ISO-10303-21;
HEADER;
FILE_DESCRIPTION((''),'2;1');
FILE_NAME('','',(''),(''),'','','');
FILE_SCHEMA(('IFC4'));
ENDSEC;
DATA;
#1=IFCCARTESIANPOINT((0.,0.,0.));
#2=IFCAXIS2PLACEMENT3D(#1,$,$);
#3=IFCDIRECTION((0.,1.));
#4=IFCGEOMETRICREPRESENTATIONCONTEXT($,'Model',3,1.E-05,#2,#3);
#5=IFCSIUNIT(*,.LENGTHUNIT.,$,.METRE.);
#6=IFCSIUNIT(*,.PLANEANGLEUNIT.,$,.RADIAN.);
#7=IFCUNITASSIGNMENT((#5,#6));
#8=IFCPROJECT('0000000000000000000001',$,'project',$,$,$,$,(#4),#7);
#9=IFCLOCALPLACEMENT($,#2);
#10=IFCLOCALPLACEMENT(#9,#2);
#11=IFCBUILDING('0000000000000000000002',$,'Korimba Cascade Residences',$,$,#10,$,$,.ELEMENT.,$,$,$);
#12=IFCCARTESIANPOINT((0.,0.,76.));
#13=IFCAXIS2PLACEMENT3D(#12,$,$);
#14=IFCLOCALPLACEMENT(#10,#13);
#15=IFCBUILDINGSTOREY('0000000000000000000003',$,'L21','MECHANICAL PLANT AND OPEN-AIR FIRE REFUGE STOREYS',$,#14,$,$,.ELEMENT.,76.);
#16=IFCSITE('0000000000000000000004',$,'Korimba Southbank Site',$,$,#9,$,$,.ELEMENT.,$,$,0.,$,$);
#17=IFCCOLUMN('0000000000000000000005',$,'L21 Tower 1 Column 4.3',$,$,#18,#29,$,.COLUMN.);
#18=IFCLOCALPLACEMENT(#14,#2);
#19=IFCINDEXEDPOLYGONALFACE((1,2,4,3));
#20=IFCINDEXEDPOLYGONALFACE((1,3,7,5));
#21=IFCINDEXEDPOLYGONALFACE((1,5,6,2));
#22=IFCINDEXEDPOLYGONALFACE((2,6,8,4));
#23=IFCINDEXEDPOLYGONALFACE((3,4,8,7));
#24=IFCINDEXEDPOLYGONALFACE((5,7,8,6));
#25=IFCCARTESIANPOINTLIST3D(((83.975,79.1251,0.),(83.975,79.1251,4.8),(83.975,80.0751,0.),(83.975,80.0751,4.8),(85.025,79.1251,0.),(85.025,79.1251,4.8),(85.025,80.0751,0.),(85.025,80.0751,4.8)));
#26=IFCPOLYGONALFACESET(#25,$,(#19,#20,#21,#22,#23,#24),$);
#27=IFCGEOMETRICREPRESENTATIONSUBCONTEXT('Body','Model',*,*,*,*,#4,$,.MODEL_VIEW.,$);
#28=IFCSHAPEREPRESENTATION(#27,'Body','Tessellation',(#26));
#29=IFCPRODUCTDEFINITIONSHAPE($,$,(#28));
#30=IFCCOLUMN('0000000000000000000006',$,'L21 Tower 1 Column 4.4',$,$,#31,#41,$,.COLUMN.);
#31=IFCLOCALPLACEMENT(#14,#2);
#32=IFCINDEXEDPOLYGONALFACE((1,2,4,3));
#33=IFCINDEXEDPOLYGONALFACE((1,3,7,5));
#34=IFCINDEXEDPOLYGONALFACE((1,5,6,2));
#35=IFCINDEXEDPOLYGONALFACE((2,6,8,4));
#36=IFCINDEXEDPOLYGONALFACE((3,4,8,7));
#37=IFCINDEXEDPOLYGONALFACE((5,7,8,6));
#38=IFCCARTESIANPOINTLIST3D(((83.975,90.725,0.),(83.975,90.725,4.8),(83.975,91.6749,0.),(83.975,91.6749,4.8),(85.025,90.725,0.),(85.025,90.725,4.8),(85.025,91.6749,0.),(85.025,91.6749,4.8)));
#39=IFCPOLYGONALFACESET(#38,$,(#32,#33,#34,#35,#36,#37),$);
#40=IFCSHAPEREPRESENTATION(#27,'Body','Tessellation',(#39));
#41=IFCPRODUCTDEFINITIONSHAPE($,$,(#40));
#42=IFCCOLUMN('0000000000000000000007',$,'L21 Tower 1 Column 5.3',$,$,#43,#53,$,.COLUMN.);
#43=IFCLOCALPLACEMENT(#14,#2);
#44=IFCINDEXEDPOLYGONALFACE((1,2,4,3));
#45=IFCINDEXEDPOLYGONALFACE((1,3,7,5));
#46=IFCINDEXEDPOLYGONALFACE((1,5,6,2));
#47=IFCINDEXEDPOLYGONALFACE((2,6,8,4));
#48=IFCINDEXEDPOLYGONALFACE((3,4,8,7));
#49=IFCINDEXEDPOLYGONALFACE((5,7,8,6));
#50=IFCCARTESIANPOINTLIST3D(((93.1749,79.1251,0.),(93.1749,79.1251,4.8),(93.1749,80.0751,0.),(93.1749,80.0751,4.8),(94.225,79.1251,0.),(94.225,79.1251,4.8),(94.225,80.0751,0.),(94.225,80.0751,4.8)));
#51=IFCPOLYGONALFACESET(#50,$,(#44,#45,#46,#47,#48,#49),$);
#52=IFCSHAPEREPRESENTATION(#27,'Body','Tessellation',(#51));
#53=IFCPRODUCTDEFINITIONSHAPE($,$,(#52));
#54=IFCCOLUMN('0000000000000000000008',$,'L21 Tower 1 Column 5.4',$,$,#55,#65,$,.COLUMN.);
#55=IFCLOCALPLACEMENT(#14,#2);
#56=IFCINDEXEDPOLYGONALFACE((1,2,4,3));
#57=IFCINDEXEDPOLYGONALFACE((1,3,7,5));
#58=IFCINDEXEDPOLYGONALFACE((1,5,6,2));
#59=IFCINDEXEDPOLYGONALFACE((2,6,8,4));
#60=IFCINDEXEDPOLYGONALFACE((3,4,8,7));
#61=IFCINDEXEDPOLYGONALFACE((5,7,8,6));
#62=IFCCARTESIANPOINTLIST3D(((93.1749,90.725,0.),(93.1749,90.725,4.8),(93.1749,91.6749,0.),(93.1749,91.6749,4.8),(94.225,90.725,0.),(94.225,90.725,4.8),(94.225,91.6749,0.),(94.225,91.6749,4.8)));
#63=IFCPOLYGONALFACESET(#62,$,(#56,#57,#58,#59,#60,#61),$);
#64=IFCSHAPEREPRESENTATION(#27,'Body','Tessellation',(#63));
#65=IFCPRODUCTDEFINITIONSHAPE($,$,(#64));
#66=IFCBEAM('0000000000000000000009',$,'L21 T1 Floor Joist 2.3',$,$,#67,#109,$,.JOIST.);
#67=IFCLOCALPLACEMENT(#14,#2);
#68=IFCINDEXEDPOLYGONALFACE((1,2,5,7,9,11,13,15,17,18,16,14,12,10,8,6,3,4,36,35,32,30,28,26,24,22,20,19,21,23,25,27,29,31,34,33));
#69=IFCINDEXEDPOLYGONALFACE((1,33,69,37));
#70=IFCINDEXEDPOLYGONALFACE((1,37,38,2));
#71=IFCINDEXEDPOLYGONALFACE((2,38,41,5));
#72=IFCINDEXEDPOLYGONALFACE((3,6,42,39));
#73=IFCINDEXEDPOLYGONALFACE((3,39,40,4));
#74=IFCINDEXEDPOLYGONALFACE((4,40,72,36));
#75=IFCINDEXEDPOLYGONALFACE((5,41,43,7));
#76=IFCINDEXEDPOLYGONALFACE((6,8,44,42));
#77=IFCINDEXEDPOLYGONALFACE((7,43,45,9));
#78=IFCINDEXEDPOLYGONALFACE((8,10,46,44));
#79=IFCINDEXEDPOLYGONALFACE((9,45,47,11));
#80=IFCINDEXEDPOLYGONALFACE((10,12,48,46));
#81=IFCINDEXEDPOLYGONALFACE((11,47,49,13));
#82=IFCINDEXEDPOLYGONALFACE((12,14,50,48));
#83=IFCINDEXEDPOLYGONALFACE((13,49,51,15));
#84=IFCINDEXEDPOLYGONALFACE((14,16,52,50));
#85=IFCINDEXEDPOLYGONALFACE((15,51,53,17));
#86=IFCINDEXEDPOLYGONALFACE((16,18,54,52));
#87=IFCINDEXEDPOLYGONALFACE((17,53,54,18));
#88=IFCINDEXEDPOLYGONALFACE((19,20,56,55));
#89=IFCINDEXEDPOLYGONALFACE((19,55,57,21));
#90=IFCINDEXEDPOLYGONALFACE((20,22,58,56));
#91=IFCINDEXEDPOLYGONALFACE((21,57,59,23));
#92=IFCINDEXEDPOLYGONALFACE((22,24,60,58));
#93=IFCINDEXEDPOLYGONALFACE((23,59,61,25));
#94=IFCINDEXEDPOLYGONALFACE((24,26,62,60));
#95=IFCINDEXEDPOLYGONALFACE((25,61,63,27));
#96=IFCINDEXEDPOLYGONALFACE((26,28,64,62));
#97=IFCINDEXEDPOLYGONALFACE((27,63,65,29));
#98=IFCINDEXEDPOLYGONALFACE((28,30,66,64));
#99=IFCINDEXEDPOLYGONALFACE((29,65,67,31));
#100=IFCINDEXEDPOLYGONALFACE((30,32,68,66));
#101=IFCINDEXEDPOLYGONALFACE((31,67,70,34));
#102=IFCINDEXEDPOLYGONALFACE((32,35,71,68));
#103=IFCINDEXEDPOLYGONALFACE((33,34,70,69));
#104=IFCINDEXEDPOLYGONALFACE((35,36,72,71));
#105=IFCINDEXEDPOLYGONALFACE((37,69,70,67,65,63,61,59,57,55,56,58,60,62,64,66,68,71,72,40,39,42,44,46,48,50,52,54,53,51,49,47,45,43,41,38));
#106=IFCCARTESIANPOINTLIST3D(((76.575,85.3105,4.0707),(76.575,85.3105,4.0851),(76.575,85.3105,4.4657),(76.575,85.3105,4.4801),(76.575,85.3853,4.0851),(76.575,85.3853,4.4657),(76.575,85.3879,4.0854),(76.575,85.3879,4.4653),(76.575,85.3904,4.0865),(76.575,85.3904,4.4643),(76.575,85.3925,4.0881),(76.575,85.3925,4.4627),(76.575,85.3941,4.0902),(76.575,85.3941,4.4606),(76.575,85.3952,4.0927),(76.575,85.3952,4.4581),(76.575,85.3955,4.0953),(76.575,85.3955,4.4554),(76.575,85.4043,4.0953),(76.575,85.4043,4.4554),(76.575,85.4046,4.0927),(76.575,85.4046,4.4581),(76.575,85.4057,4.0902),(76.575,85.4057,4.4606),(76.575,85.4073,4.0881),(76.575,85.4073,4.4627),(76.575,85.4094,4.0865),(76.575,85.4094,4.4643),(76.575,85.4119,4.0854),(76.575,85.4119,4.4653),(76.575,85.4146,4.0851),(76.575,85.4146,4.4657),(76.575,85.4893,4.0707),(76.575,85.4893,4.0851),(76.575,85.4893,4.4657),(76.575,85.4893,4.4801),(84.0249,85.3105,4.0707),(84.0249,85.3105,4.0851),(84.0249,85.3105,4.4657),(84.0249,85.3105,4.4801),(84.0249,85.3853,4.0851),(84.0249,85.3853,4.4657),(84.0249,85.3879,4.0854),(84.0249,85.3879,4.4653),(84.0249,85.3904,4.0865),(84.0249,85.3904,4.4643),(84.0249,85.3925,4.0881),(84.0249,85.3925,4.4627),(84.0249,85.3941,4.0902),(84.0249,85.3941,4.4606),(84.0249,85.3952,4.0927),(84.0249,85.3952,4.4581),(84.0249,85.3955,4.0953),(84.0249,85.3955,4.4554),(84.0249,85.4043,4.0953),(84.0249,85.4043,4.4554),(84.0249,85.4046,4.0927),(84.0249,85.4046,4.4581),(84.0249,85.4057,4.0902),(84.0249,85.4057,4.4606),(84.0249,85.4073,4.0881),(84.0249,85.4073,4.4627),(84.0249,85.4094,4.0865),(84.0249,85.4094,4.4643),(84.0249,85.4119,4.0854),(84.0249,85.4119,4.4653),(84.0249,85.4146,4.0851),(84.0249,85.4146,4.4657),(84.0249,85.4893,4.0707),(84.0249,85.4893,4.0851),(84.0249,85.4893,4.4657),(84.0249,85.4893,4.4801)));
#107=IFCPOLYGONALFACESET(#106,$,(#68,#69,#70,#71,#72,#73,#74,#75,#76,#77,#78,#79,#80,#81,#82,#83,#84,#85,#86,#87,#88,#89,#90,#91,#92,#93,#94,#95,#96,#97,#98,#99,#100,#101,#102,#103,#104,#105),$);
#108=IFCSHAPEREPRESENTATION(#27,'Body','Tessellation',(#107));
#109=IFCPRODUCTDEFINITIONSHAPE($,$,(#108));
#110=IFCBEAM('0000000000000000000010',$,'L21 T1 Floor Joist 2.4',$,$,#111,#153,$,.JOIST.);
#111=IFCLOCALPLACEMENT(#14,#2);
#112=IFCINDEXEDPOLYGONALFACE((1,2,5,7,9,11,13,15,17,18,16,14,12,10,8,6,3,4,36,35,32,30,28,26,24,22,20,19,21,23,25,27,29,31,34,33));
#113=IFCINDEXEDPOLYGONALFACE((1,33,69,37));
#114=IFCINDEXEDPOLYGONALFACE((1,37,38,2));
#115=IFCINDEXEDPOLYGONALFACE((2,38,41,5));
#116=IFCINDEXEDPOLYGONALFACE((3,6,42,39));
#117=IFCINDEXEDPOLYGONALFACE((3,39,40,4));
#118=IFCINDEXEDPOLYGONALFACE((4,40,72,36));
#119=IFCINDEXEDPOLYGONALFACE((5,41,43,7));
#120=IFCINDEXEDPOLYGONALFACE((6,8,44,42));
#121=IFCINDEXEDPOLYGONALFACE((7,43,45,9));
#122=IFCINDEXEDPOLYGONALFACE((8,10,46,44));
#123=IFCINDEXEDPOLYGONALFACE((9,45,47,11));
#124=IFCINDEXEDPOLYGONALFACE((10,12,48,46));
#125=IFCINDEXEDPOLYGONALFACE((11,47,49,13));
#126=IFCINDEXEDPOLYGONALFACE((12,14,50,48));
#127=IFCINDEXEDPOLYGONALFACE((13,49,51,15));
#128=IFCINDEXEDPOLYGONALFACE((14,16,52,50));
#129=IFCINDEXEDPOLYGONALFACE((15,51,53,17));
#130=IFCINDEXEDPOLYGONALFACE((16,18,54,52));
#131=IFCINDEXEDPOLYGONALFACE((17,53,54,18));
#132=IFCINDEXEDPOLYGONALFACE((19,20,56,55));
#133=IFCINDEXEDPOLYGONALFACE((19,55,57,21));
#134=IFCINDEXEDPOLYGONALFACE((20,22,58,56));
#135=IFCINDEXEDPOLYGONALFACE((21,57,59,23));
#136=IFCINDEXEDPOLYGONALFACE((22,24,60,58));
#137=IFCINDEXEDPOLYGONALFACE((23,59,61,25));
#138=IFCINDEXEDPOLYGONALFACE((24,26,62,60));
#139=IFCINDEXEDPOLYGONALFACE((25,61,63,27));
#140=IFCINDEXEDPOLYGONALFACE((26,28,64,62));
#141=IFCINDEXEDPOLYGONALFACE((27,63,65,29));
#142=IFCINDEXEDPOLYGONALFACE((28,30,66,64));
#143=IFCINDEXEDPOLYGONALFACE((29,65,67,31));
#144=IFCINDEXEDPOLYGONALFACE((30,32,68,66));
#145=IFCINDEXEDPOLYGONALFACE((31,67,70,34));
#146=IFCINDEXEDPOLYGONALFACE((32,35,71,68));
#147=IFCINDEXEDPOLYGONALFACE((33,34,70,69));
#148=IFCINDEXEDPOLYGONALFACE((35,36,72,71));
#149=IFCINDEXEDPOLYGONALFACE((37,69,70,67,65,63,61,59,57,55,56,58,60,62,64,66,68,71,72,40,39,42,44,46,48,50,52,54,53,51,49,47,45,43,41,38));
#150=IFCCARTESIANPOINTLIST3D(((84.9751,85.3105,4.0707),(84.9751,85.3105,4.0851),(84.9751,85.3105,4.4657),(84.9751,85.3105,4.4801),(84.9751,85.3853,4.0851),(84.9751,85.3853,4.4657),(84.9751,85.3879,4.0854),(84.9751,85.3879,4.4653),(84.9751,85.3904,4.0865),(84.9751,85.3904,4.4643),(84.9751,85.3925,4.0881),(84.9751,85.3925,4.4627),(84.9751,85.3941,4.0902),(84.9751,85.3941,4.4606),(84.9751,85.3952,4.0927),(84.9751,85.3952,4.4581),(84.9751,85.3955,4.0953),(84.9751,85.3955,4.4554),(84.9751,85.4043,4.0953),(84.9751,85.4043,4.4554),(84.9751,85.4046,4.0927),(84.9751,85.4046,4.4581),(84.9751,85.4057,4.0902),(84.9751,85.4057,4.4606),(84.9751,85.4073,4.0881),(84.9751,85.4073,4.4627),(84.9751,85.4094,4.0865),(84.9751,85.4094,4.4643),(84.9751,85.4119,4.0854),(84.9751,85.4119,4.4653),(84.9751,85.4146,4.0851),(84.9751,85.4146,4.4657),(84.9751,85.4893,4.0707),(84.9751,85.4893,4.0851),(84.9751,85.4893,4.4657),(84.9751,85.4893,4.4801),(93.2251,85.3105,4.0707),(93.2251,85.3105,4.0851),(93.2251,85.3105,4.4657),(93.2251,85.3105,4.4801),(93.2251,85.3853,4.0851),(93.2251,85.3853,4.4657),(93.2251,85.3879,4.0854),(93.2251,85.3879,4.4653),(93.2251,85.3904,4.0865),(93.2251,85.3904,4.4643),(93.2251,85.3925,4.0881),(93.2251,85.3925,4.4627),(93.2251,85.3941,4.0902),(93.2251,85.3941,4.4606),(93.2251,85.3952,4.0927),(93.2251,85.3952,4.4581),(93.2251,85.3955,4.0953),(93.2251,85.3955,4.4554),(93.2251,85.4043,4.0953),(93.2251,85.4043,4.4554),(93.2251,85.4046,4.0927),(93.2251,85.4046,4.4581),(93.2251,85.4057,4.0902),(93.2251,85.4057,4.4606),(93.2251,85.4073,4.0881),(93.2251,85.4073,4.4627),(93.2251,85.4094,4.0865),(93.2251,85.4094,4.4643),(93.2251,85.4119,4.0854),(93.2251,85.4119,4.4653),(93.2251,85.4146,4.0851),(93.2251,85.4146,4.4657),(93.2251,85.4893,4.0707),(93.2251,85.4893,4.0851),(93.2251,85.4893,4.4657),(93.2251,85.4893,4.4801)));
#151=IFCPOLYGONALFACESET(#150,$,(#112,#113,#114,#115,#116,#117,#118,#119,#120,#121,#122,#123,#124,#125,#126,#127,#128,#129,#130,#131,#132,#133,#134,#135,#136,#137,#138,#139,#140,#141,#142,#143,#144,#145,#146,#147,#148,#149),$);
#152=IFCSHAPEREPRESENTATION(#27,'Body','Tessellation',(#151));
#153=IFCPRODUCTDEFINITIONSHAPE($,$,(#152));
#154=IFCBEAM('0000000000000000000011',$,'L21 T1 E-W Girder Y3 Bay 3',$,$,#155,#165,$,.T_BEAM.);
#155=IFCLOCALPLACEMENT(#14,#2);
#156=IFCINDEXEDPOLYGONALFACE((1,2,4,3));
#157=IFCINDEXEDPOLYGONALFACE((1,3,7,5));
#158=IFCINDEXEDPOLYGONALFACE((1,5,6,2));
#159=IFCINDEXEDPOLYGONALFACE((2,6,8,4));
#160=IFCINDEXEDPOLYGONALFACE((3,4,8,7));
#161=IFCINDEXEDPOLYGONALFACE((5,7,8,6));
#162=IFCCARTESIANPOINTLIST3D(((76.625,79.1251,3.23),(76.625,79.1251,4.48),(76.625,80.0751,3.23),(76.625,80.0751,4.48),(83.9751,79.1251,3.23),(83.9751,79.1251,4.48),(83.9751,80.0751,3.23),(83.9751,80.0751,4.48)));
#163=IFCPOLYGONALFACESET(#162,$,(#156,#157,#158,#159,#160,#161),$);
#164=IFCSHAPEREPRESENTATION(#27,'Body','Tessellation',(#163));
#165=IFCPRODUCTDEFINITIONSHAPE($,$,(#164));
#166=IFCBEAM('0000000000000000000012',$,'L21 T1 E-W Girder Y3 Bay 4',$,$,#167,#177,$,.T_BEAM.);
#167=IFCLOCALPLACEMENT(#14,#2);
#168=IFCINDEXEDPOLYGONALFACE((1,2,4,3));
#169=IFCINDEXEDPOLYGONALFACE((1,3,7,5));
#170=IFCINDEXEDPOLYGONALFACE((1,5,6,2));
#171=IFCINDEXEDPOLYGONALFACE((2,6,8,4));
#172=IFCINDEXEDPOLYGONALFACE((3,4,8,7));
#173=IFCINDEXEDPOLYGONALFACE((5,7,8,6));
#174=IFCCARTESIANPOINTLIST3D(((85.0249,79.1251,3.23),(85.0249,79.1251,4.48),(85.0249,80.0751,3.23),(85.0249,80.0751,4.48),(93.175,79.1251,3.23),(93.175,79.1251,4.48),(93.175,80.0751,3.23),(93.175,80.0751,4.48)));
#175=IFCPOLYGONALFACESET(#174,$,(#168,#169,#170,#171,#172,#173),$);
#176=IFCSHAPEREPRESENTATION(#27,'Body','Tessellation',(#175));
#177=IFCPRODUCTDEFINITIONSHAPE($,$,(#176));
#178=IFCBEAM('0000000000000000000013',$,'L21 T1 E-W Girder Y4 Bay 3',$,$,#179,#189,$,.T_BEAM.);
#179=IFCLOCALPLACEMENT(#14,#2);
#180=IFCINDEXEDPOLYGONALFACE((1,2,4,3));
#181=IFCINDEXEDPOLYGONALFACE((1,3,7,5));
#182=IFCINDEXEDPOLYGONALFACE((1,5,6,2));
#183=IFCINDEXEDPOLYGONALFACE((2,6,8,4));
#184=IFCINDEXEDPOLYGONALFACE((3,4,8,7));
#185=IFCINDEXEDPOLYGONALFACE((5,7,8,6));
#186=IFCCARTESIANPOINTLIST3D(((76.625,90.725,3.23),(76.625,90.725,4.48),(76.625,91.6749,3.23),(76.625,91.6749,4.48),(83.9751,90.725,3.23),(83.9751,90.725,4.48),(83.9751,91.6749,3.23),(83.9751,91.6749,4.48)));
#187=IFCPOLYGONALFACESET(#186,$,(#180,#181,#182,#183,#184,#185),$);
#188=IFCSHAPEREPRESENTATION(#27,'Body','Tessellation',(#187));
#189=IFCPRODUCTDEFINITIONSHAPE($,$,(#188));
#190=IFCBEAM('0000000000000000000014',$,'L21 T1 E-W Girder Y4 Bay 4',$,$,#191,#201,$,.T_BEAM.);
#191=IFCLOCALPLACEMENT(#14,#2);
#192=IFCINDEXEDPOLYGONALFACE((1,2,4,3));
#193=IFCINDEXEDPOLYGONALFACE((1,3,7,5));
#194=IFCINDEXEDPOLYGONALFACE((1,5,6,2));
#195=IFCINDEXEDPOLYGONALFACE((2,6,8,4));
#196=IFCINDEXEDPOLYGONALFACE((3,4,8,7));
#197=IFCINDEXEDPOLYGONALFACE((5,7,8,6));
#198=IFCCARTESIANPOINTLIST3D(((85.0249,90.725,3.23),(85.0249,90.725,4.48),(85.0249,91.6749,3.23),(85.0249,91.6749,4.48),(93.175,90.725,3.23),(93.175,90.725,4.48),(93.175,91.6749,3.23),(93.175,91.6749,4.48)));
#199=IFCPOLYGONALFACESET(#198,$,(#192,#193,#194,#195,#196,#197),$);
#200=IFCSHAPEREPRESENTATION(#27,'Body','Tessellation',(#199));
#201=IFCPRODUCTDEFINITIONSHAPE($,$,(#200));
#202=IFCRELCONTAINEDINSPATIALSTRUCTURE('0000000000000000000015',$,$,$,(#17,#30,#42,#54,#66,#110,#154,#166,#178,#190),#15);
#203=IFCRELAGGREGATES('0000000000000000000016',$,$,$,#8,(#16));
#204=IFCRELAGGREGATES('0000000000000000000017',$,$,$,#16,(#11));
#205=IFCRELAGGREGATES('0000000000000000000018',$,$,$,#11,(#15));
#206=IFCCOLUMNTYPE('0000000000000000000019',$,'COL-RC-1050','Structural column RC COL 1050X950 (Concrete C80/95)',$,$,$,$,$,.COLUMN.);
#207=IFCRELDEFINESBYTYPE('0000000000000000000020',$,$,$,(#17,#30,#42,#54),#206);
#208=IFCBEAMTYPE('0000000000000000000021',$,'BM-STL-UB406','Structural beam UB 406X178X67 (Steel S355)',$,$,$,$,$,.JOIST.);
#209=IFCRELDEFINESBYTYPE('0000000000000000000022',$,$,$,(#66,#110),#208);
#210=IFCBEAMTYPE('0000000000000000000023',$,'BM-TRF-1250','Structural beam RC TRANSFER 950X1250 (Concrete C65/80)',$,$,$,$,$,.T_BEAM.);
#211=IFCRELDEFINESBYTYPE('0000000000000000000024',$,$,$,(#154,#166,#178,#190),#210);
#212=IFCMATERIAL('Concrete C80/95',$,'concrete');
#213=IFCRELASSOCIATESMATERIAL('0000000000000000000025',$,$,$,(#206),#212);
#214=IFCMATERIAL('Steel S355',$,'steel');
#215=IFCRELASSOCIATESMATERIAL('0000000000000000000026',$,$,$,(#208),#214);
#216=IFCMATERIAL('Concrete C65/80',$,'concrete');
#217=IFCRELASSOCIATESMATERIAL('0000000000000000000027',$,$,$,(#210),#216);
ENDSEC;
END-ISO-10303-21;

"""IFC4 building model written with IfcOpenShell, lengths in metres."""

from ifc_helpers import new_model, si_unit, direction, frame, origin, origin_2d, place, context, subcontext, project, spatial, rectangle, i_section, extrude, material, material_profile, profile_set, type_object, element, save


model = new_model("IFC4")

# Units and contexts
model_context = context("Model", 3, precision=1e-05, world=origin(), true_north=direction((0.0, 1.0)))
body_context = subcontext(model_context, "Body", "Model", "MODEL_VIEW")
ifc_project = project(units=[si_unit("LENGTHUNIT", "METRE"), si_unit("PLANEANGLEUNIT", "RADIAN")], contexts=[model_context])

# Site, building, storey
site_placement = place(None, origin())
site = spatial("IfcSite", under=ifc_project, at=site_placement, Name="Korimba Southbank Site", CompositionType="ELEMENT", RefElevation=0.0)
building_placement = place(site_placement, origin())
building = spatial("IfcBuilding", under=site, at=building_placement, Name="Korimba Cascade Residences", CompositionType="ELEMENT")
storey_placement = place(building_placement, frame((0.0, 0.0, 76.0)))
storey = spatial("IfcBuildingStorey", under=building, at=storey_placement, Name="L21", Description="MECHANICAL PLANT AND OPEN-AIR FIRE REFUGE STOREYS", CompositionType="ELEMENT", Elevation=76.0)

# Columns
ifc_material_1 = material(Name="Concrete C80/95", Category="concrete")
ifc_material_profile_1 = material_profile(ifc_material_1, rectangle(XDim=1.05, YDim=0.95, at=origin_2d()), Name="Concrete C80/95")
ifc_profile_set_1 = profile_set([ifc_material_profile_1], Name="Concrete C80/95")
column_type = type_object("IfcColumnType", Name="COL-RC-1050", Description="Structural column RC COL 1050X950 (Concrete C80/95)", PredefinedType="COLUMN", material=ifc_profile_set_1)
for number, where, z_axis, x_axis, name in (
    (1, (84.5, 79.6001, 0.0), (0.0, 0.0, 1.0), (1.0, 0.0, 0.0), "L21 Tower 1 Column 4.3"),
    (2, (84.5, 91.2, 0.0), (0.0, 0.0, 1.0), (1.0, 0.0, 0.0), "L21 Tower 1 Column 4.4"),
    (3, (93.7, 79.6001, 0.0), (0.0, 0.0, 1.0), (1.0, 0.0, 0.0), "L21 Tower 1 Column 5.3"),
    (4, (93.7, 91.2, 0.0), (0.0, 0.0, 1.0), (1.0, 0.0, 0.0), "L21 Tower 1 Column 5.4"),
):
    element("IfcColumn", number, at=place(storey_placement, frame(where, z_axis=z_axis, x_axis=x_axis)), inside=storey, type_object=column_type, Name=name, PredefinedType="COLUMN", context=body_context, shape_type="SweptSolid", body=[
        extrude(rectangle(XDim=1.05, YDim=0.95, at=origin_2d()), origin(), (0.0, 0.0, 1.0), 4.8),
    ])

# Beams
ifc_material_2 = material(Name="Steel S355", Category="steel")
ifc_material_profile_2 = material_profile(ifc_material_2, i_section(OverallWidth=0.1787, OverallDepth=0.4094, WebThickness=0.0088, FlangeThickness=0.0144, FilletRadius=0.0103, at=origin_2d()), Name="Steel S355")
ifc_profile_set_2 = profile_set([ifc_material_profile_2], Name="Steel S355")
beam_type_1 = type_object("IfcBeamType", Name="BM-STL-UB406", Description="Structural beam UB 406X178X67 (Steel S355)", PredefinedType="JOIST", material=ifc_profile_set_2)
beam_1_placement = place(storey_placement, frame((76.575, 85.3999, 4.2754), z_axis=(1.0, 0.0, 0.0), x_axis=(0.0, 1.0, 0.0)))
element("IfcBeam", 5, at=beam_1_placement, inside=storey, type_object=beam_type_1, Name="L21 T1 Floor Joist 2.3", PredefinedType="JOIST", context=body_context, shape_type="SweptSolid", body=[
    extrude(i_section(OverallWidth=0.1787, OverallDepth=0.4094, WebThickness=0.0088, FlangeThickness=0.0144, FilletRadius=0.0103, at=origin_2d()), origin(), (0.0, 0.0, 1.0), 7.45),
])
beam_2_placement = place(storey_placement, frame((84.9751, 85.3999, 4.2754), z_axis=(1.0, 0.0, 0.0), x_axis=(0.0, 1.0, 0.0)))
element("IfcBeam", 6, at=beam_2_placement, inside=storey, type_object=beam_type_1, Name="L21 T1 Floor Joist 2.4", PredefinedType="JOIST", context=body_context, shape_type="SweptSolid", body=[
    extrude(i_section(OverallWidth=0.1787, OverallDepth=0.4094, WebThickness=0.0088, FlangeThickness=0.0144, FilletRadius=0.0103, at=origin_2d()), origin(), (0.0, 0.0, 1.0), 8.25),
])
ifc_material_3 = material(Name="Concrete C65/80", Category="concrete")
ifc_material_profile_3 = material_profile(ifc_material_3, rectangle(XDim=0.95, YDim=1.25, at=origin_2d()), Name="Concrete C65/80")
ifc_profile_set_3 = profile_set([ifc_material_profile_3], Name="Concrete C65/80")
beam_type_2 = type_object("IfcBeamType", Name="BM-TRF-1250", Description="Structural beam RC TRANSFER 950X1250 (Concrete C65/80)", PredefinedType="T_BEAM", material=ifc_profile_set_3)
beam_3_placement = place(storey_placement, frame((76.625, 79.6001, 3.855), z_axis=(1.0, 0.0, 0.0), x_axis=(0.0, 1.0, 0.0)))
element("IfcBeam", 7, at=beam_3_placement, inside=storey, type_object=beam_type_2, Name="L21 T1 E-W Girder Y3 Bay 3", PredefinedType="T_BEAM", context=body_context, shape_type="SweptSolid", body=[
    extrude(rectangle(XDim=0.95, YDim=1.25, at=origin_2d()), origin(), (0.0, 0.0, 1.0), 7.3501),
])
beam_4_placement = place(storey_placement, frame((85.0249, 79.6001, 3.855), z_axis=(1.0, 0.0, 0.0), x_axis=(0.0, 1.0, 0.0)))
element("IfcBeam", 8, at=beam_4_placement, inside=storey, type_object=beam_type_2, Name="L21 T1 E-W Girder Y3 Bay 4", PredefinedType="T_BEAM", context=body_context, shape_type="SweptSolid", body=[
    extrude(rectangle(XDim=0.95, YDim=1.25, at=origin_2d()), origin(), (0.0, 0.0, 1.0), 8.1501),
])
beam_5_placement = place(storey_placement, frame((76.625, 91.2, 3.855), z_axis=(1.0, 0.0, 0.0), x_axis=(0.0, 1.0, 0.0)))
element("IfcBeam", 9, at=beam_5_placement, inside=storey, type_object=beam_type_2, Name="L21 T1 E-W Girder Y4 Bay 3", PredefinedType="T_BEAM", context=body_context, shape_type="SweptSolid", body=[
    extrude(rectangle(XDim=0.95, YDim=1.25, at=origin_2d()), origin(), (0.0, 0.0, 1.0), 7.3501),
])
beam_6_placement = place(storey_placement, frame((85.0249, 91.2, 3.855), z_axis=(1.0, 0.0, 0.0), x_axis=(0.0, 1.0, 0.0)))
element("IfcBeam", 10, at=beam_6_placement, inside=storey, type_object=beam_type_2, Name="L21 T1 E-W Girder Y4 Bay 4", PredefinedType="T_BEAM", context=body_context, shape_type="SweptSolid", body=[
    extrude(rectangle(XDim=0.95, YDim=1.25, at=origin_2d()), origin(), (0.0, 0.0, 1.0), 8.1501),
])

save(model, "model.ifc")
